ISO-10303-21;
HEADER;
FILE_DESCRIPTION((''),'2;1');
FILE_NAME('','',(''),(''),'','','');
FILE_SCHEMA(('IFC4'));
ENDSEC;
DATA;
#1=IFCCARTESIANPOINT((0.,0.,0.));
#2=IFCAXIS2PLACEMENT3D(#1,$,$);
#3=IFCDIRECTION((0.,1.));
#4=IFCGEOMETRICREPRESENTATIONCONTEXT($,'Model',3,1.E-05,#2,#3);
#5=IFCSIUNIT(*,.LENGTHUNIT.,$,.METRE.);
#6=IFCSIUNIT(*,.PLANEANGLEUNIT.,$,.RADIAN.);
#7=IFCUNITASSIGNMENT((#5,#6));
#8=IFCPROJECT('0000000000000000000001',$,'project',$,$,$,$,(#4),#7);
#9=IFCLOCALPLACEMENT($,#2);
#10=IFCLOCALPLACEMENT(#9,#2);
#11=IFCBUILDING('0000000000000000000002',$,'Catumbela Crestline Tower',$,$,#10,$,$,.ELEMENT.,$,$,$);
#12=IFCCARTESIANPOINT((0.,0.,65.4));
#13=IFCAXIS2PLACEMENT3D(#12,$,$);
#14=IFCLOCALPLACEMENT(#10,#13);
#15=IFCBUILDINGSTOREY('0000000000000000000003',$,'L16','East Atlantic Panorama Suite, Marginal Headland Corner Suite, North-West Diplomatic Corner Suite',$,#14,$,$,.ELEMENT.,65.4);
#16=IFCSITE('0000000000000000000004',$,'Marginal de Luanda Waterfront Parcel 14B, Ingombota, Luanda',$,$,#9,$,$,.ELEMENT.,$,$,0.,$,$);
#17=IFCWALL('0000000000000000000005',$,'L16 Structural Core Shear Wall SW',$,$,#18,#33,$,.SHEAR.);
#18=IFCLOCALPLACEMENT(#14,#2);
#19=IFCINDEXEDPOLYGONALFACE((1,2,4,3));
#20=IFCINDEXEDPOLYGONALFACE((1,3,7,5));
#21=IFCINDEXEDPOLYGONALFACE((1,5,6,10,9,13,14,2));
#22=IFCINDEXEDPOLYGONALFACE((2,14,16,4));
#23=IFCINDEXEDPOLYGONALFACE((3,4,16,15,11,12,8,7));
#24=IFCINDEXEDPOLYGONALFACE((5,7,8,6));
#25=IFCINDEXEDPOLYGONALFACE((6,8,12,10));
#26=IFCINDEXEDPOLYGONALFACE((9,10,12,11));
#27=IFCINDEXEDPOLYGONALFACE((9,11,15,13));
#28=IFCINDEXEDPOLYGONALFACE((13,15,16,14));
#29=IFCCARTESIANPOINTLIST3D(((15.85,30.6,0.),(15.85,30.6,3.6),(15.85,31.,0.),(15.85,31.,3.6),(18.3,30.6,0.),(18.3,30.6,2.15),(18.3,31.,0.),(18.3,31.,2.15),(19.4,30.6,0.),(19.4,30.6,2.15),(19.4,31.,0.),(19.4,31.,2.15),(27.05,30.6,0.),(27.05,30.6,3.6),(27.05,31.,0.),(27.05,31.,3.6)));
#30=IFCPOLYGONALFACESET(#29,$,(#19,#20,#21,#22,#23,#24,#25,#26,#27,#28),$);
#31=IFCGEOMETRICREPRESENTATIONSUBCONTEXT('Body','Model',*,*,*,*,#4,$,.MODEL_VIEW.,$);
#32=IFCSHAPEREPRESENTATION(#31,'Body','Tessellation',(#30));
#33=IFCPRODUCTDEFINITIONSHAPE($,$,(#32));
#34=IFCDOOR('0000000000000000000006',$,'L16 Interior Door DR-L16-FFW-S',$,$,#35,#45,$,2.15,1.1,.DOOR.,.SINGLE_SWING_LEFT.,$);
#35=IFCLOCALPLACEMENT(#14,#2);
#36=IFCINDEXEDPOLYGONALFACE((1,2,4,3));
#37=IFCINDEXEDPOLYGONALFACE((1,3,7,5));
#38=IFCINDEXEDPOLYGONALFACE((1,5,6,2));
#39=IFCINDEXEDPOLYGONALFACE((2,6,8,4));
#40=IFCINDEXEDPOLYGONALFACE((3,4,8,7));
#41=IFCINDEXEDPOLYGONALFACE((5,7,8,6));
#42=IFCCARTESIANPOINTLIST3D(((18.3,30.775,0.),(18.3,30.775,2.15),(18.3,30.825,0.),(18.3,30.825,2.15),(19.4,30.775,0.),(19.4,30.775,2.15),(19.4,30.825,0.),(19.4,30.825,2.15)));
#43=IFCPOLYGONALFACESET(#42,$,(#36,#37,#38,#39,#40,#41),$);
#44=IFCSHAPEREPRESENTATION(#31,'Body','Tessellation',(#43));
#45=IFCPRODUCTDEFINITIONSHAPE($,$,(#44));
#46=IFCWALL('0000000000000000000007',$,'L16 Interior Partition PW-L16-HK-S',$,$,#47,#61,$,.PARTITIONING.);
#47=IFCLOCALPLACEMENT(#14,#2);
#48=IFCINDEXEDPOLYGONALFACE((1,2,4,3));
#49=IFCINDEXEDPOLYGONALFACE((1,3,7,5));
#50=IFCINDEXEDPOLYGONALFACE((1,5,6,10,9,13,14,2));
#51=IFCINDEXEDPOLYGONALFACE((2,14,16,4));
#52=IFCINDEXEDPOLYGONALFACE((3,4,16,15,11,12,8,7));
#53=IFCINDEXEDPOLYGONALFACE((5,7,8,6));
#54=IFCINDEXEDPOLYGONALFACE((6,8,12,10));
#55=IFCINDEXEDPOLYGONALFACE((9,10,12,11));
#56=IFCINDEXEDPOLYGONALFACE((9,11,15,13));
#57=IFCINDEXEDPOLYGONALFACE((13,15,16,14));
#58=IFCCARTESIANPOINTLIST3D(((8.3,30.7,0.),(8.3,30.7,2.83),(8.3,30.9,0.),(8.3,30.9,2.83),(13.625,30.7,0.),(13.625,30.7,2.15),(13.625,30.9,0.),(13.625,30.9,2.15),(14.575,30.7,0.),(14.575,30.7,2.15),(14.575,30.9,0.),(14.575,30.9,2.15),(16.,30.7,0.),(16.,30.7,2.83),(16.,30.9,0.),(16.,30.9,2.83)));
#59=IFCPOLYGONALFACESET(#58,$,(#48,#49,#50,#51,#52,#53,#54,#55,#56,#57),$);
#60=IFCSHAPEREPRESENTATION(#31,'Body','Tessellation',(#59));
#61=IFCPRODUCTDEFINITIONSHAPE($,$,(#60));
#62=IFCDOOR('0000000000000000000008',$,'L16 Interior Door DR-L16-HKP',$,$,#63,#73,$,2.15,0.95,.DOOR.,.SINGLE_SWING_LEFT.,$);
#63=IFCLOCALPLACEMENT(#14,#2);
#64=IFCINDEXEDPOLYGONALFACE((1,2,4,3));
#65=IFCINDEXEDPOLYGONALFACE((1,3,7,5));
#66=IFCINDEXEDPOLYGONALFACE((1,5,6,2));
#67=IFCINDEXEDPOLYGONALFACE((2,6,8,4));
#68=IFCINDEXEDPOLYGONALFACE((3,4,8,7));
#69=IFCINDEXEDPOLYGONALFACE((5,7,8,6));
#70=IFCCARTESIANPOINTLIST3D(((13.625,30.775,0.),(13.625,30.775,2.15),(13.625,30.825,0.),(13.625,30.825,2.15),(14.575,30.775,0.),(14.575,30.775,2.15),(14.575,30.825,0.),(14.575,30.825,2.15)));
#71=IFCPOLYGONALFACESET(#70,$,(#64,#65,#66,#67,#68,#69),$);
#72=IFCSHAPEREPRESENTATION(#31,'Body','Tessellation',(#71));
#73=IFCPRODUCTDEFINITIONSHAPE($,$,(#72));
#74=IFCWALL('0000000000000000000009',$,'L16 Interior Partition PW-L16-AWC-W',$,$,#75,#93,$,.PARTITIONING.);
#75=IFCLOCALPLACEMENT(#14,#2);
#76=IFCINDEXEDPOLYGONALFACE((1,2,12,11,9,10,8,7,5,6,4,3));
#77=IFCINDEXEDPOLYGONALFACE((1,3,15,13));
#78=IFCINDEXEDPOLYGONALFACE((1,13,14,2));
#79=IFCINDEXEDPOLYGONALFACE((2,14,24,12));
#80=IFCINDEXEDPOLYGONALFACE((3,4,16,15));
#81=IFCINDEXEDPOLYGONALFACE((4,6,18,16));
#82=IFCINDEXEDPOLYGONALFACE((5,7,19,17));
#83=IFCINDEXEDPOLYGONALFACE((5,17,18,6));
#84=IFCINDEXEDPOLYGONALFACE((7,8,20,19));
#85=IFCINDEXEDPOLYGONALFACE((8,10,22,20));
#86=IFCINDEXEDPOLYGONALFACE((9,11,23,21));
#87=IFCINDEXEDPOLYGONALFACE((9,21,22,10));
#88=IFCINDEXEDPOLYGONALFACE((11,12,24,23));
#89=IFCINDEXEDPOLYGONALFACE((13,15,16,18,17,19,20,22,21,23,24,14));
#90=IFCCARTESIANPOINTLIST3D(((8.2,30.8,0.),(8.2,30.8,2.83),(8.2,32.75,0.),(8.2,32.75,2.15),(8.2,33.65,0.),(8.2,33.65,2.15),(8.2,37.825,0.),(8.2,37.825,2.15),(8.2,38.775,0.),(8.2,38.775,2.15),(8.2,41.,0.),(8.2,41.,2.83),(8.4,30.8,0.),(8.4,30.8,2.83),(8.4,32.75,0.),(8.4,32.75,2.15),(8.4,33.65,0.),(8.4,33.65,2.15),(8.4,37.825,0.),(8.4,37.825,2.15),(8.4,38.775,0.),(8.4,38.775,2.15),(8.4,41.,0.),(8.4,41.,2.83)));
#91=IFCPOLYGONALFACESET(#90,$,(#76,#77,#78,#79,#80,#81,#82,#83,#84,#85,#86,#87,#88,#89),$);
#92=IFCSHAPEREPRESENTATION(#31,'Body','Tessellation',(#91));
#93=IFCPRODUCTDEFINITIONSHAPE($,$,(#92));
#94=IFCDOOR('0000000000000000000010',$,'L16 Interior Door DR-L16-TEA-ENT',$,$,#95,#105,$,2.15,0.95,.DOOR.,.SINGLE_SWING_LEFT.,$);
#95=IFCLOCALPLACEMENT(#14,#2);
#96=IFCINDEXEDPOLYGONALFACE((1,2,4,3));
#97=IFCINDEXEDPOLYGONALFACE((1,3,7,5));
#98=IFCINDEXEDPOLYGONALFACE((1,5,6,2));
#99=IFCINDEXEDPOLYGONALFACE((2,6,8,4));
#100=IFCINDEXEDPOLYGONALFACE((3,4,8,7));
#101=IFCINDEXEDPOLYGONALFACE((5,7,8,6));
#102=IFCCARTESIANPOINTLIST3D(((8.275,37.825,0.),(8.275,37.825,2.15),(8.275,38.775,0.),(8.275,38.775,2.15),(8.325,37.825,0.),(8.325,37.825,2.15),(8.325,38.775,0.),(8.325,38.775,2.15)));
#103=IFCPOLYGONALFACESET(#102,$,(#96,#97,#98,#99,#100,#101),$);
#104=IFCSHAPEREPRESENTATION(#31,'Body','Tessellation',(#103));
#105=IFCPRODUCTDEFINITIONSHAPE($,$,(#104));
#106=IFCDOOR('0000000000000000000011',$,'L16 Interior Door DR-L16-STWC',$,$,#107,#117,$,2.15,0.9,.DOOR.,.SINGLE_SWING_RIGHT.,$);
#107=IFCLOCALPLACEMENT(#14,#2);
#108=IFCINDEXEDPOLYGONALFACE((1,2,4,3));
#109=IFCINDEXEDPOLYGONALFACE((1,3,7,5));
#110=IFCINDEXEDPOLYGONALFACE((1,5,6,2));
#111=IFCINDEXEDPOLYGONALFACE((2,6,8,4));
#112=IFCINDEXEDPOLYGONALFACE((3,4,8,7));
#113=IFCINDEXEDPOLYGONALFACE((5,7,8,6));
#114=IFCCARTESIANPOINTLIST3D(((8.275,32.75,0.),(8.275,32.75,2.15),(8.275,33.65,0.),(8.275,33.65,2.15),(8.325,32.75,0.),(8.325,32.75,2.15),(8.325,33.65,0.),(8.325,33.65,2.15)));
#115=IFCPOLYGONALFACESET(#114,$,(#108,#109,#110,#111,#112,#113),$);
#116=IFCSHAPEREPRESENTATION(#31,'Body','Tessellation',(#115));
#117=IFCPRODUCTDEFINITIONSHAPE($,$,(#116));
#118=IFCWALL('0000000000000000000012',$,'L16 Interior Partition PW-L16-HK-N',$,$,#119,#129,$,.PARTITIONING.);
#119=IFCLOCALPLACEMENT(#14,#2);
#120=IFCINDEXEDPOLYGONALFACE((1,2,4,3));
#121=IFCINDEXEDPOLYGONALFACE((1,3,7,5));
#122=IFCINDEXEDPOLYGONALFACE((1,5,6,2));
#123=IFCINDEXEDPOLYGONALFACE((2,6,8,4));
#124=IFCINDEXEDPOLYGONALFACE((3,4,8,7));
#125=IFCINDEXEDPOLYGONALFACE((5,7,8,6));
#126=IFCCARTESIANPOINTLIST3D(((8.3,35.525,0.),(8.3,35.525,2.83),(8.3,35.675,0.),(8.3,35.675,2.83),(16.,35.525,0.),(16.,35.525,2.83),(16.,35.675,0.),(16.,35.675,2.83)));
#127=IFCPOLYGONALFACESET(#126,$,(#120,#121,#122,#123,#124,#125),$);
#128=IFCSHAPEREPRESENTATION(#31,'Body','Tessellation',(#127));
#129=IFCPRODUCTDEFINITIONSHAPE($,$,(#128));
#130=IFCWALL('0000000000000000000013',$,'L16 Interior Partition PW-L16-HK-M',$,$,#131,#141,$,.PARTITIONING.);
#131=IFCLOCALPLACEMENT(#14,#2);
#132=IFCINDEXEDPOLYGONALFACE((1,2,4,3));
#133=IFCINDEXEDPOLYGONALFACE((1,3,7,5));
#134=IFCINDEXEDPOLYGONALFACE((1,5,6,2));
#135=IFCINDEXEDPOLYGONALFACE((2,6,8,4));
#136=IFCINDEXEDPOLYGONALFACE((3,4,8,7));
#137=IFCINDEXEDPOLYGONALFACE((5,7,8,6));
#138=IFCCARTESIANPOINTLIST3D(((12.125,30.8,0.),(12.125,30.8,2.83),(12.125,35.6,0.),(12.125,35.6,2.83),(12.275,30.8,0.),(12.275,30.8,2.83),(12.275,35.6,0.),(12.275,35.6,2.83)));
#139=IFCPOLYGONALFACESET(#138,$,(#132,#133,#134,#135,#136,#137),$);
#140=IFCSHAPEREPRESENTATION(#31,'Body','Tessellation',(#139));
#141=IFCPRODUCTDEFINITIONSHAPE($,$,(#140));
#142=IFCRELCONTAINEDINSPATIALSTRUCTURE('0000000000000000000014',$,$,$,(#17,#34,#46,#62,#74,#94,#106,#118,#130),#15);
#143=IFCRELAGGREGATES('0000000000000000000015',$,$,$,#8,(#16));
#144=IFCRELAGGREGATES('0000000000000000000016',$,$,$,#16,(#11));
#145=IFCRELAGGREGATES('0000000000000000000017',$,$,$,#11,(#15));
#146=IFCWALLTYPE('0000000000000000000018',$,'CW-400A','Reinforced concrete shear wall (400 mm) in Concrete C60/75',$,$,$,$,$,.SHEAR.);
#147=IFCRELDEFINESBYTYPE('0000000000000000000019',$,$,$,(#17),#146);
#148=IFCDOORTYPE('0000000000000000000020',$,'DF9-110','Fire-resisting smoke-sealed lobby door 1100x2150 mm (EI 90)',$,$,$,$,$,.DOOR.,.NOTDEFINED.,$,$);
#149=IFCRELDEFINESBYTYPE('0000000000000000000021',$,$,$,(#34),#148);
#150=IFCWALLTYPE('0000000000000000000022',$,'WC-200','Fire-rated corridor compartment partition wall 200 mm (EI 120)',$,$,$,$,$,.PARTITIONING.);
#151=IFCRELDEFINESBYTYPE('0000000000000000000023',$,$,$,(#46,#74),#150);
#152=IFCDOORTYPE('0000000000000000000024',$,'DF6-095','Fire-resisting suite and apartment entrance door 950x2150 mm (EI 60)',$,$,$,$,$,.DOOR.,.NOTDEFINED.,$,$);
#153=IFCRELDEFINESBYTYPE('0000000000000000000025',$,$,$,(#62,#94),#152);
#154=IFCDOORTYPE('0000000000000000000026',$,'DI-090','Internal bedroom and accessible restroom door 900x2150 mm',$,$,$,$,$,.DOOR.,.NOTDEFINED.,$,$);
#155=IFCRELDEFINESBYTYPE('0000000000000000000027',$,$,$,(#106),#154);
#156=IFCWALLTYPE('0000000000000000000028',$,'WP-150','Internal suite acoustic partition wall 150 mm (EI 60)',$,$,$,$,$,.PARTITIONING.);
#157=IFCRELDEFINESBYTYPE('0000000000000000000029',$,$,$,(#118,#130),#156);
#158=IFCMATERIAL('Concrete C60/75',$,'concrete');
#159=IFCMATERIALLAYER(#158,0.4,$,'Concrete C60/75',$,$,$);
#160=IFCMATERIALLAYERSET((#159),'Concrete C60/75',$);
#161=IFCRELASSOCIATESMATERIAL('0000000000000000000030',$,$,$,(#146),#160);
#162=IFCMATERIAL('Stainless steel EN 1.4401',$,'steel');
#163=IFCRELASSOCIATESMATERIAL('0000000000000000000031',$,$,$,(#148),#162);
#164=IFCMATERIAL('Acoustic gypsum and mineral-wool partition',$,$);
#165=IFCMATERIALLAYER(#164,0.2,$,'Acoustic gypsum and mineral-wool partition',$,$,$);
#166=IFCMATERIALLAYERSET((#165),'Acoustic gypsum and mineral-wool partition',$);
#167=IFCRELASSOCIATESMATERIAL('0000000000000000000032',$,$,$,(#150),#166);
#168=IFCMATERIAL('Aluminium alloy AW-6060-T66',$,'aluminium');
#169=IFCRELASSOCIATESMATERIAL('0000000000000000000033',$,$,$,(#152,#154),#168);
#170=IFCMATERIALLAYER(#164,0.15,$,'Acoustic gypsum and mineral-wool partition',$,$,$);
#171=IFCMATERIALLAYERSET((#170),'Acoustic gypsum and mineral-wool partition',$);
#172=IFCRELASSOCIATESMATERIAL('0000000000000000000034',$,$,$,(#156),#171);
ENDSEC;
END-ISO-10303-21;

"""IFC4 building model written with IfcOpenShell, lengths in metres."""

from ifc_helpers import new_model, si_unit, direction, frame, frame_2d, origin, place, context, subcontext, project, spatial, rectangle, extrude, material, layer, layer_set, type_object, element, fill, save


model = new_model("IFC4")

# Units and contexts
model_context = context("Model", 3, precision=1e-05, world=origin(), true_north=direction((0.0, 1.0)))
body_context = subcontext(model_context, "Body", "Model", "MODEL_VIEW")
ifc_project = project(units=[si_unit("LENGTHUNIT", "METRE"), si_unit("PLANEANGLEUNIT", "RADIAN")], contexts=[model_context])

# Site, building, storey
site_placement = place(None, origin())
site = spatial("IfcSite", under=ifc_project, at=site_placement, Name="Marginal de Luanda Waterfront Parcel 14B, Ingombota, Luanda", CompositionType="ELEMENT", RefElevation=0.0)
building_placement = place(site_placement, origin())
building = spatial("IfcBuilding", under=site, at=building_placement, Name="Catumbela Crestline Tower", CompositionType="ELEMENT")
storey_placement = place(building_placement, frame((0.0, 0.0, 65.4)))
storey = spatial("IfcBuildingStorey", under=building, at=storey_placement, Name="L16", Description="East Atlantic Panorama Suite, Marginal Headland Corner Suite, North-West Diplomatic Corner Suite", CompositionType="ELEMENT", Elevation=65.4)

# Shared definitions
ifc_material_1 = material(Name="Stainless steel EN 1.4401", Category="steel")

# Shared definitions
ifc_material_2 = material(Name="Concrete C60/75", Category="concrete")
ifc_layer_1 = layer(ifc_material_2, 0.4, Name="Concrete C60/75")
ifc_layer_set_1 = layer_set([ifc_layer_1], Name="Concrete C60/75")
wall_type_1 = type_object("IfcWallType", Name="CW-400A", Description="Reinforced concrete shear wall (400 mm) in Concrete C60/75", PredefinedType="SHEAR", material=ifc_layer_set_1)

# Walls, openings, doors
wall_1_placement = place(storey_placement, frame((15.85, 30.8, 0.0), z_axis=(0.0, 0.0, 1.0), x_axis=(1.0, 0.0, 0.0)))
wall_1 = element("IfcWall", 1, at=wall_1_placement, inside=storey, type_object=wall_type_1, Name="L16 Structural Core Shear Wall SW", PredefinedType="SHEAR", context=body_context, shape_type="SweptSolid", body=[
    extrude(rectangle(XDim=11.2, YDim=0.4, at=frame_2d((5.6, 0.0))), origin(), (0.0, 0.0, 1.0), 3.6),
])
opening_1_placement = place(wall_1_placement, frame((2.45, 0.0, 0.0)))
opening_1 = element("IfcOpeningElement", 2, at=opening_1_placement, cuts=wall_1, PredefinedType="OPENING", context=body_context, shape_type="SweptSolid", body=[
    extrude(rectangle(XDim=1.1, YDim=2.15, at=frame_2d((0.55, 1.075))), frame((0.0, 0.21, 0.0), z_axis=(0.0, -1.0, 0.0), x_axis=(1.0, 0.0, 0.0)), (0.0, 0.0, 1.0), 0.42),
])
door_type_1 = type_object("IfcDoorType", Name="DF9-110", Description="Fire-resisting smoke-sealed lobby door 1100x2150 mm (EI 90)", OperationType="NOTDEFINED", PredefinedType="DOOR", material=ifc_material_1)
door_1_placement = place(opening_1_placement, origin())
door_1 = element("IfcDoor", 3, at=door_1_placement, inside=storey, type_object=door_type_1, Name="L16 Interior Door DR-L16-FFW-S", OperationType="SINGLE_SWING_LEFT", OverallHeight=2.15, OverallWidth=1.1, PredefinedType="DOOR", context=body_context, shape_type="SweptSolid", body=[
    extrude(rectangle(XDim=1.1, YDim=2.15, at=frame_2d((0.55, 1.075))), frame((0.0, 0.025, 0.0), z_axis=(0.0, -1.0, 0.0), x_axis=(1.0, 0.0, 0.0)), (0.0, 0.0, 1.0), 0.05),
])
fill(opening_1, door_1)
ifc_material_3 = material(Name="Acoustic gypsum and mineral-wool partition")
ifc_layer_2 = layer(ifc_material_3, 0.2, Name="Acoustic gypsum and mineral-wool partition")
ifc_layer_set_2 = layer_set([ifc_layer_2], Name="Acoustic gypsum and mineral-wool partition")
wall_type_2 = type_object("IfcWallType", Name="WC-200", Description="Fire-rated corridor compartment partition wall 200 mm (EI 120)", PredefinedType="PARTITIONING", material=ifc_layer_set_2)
wall_2_placement = place(storey_placement, frame((8.3, 30.8, 0.0), z_axis=(0.0, 0.0, 1.0), x_axis=(1.0, 0.0, 0.0)))
wall_2 = element("IfcWall", 4, at=wall_2_placement, inside=storey, type_object=wall_type_2, Name="L16 Interior Partition PW-L16-HK-S", PredefinedType="PARTITIONING", context=body_context, shape_type="SweptSolid", body=[
    extrude(rectangle(XDim=7.7, YDim=0.2, at=frame_2d((3.85, 0.0))), origin(), (0.0, 0.0, 1.0), 2.83),
])
opening_2_placement = place(wall_2_placement, frame((5.325, 0.0, 0.0)))
opening_2 = element("IfcOpeningElement", 5, at=opening_2_placement, cuts=wall_2, PredefinedType="OPENING", context=body_context, shape_type="SweptSolid", body=[
    extrude(rectangle(XDim=0.95, YDim=2.15, at=frame_2d((0.475, 1.075))), frame((0.0, 0.11, 0.0), z_axis=(0.0, -1.0, 0.0), x_axis=(1.0, 0.0, 0.0)), (0.0, 0.0, 1.0), 0.22),
])
ifc_material_4 = material(Name="Aluminium alloy AW-6060-T66", Category="aluminium")
door_type_2 = type_object("IfcDoorType", Name="DF6-095", Description="Fire-resisting suite and apartment entrance door 950x2150 mm (EI 60)", OperationType="NOTDEFINED", PredefinedType="DOOR", material=ifc_material_4)
door_2_placement = place(opening_2_placement, origin())
door_2 = element("IfcDoor", 6, at=door_2_placement, inside=storey, type_object=door_type_2, Name="L16 Interior Door DR-L16-HKP", OperationType="SINGLE_SWING_LEFT", OverallHeight=2.15, OverallWidth=0.95, PredefinedType="DOOR", context=body_context, shape_type="SweptSolid", body=[
    extrude(rectangle(XDim=0.95, YDim=2.15, at=frame_2d((0.475, 1.075))), frame((0.0, 0.025, 0.0), z_axis=(0.0, -1.0, 0.0), x_axis=(1.0, 0.0, 0.0)), (0.0, 0.0, 1.0), 0.05),
])
fill(opening_2, door_2)

# Wall, openings, doors
wall_3_placement = place(storey_placement, frame((8.3, 30.8, 0.0), z_axis=(0.0, 0.0, 1.0), x_axis=(0.0, 1.0, 0.0)))
wall_3 = element("IfcWall", 7, at=wall_3_placement, inside=storey, type_object=wall_type_2, Name="L16 Interior Partition PW-L16-AWC-W", PredefinedType="PARTITIONING", context=body_context, shape_type="SweptSolid", body=[
    extrude(rectangle(XDim=10.2, YDim=0.2, at=frame_2d((5.1, 0.0))), origin(), (0.0, 0.0, 1.0), 2.83),
])
opening_3_placement = place(wall_3_placement, frame((1.95, 0.0, 0.0)))
opening_3 = element("IfcOpeningElement", 8, at=opening_3_placement, cuts=wall_3, PredefinedType="OPENING", context=body_context, shape_type="SweptSolid", body=[
    extrude(rectangle(XDim=0.9, YDim=2.15, at=frame_2d((0.45, 1.075))), frame((0.0, 0.11, 0.0), z_axis=(0.0, -1.0, 0.0), x_axis=(1.0, 0.0, 0.0)), (0.0, 0.0, 1.0), 0.22),
])
opening_4_placement = place(wall_3_placement, frame((7.025, 0.0, 0.0)))
opening_4 = element("IfcOpeningElement", 9, at=opening_4_placement, cuts=wall_3, PredefinedType="OPENING", context=body_context, shape_type="SweptSolid", body=[
    extrude(rectangle(XDim=0.95, YDim=2.15, at=frame_2d((0.475, 1.075))), frame((0.0, 0.11, 0.0), z_axis=(0.0, -1.0, 0.0), x_axis=(1.0, 0.0, 0.0)), (0.0, 0.0, 1.0), 0.22),
])
door_3_placement = place(opening_4_placement, origin())
door_3 = element("IfcDoor", 10, at=door_3_placement, inside=storey, type_object=door_type_2, Name="L16 Interior Door DR-L16-TEA-ENT", OperationType="SINGLE_SWING_LEFT", OverallHeight=2.15, OverallWidth=0.95, PredefinedType="DOOR", context=body_context, shape_type="SweptSolid", body=[
    extrude(rectangle(XDim=0.95, YDim=2.15, at=frame_2d((0.475, 1.075))), frame((0.0, 0.025, 0.0), z_axis=(0.0, -1.0, 0.0), x_axis=(1.0, 0.0, 0.0)), (0.0, 0.0, 1.0), 0.05),
])
fill(opening_4, door_3)
door_type_3 = type_object("IfcDoorType", Name="DI-090", Description="Internal bedroom and accessible restroom door 900x2150 mm", OperationType="NOTDEFINED", PredefinedType="DOOR", material=ifc_material_4)
door_4_placement = place(opening_3_placement, origin())
door_4 = element("IfcDoor", 11, at=door_4_placement, inside=storey, type_object=door_type_3, Name="L16 Interior Door DR-L16-STWC", OperationType="SINGLE_SWING_RIGHT", OverallHeight=2.15, OverallWidth=0.9, PredefinedType="DOOR", context=body_context, shape_type="SweptSolid", body=[
    extrude(rectangle(XDim=0.9, YDim=2.15, at=frame_2d((0.45, 1.075))), frame((0.0, 0.025, 0.0), z_axis=(0.0, -1.0, 0.0), x_axis=(1.0, 0.0, 0.0)), (0.0, 0.0, 1.0), 0.05),
])
fill(opening_3, door_4)

# Walls
ifc_layer_3 = layer(ifc_material_3, 0.15, Name="Acoustic gypsum and mineral-wool partition")
ifc_layer_set_3 = layer_set([ifc_layer_3], Name="Acoustic gypsum and mineral-wool partition")
wall_type_3 = type_object("IfcWallType", Name="WP-150", Description="Internal suite acoustic partition wall 150 mm (EI 60)", PredefinedType="PARTITIONING", material=ifc_layer_set_3)
wall_4_placement = place(storey_placement, frame((8.3, 35.6, 0.0), z_axis=(0.0, 0.0, 1.0), x_axis=(1.0, 0.0, 0.0)))
element("IfcWall", 12, at=wall_4_placement, inside=storey, type_object=wall_type_3, Name="L16 Interior Partition PW-L16-HK-N", PredefinedType="PARTITIONING", context=body_context, shape_type="SweptSolid", body=[
    extrude(rectangle(XDim=7.7, YDim=0.15, at=frame_2d((3.85, 0.0))), origin(), (0.0, 0.0, 1.0), 2.83),
])
wall_5_placement = place(storey_placement, frame((12.2, 30.8, 0.0), z_axis=(0.0, 0.0, 1.0), x_axis=(0.0, 1.0, 0.0)))
element("IfcWall", 13, at=wall_5_placement, inside=storey, type_object=wall_type_3, Name="L16 Interior Partition PW-L16-HK-M", PredefinedType="PARTITIONING", context=body_context, shape_type="SweptSolid", body=[
    extrude(rectangle(XDim=4.8, YDim=0.15, at=frame_2d((2.4, 0.0))), origin(), (0.0, 0.0, 1.0), 2.83),
])

save(model, "model.ifc")
